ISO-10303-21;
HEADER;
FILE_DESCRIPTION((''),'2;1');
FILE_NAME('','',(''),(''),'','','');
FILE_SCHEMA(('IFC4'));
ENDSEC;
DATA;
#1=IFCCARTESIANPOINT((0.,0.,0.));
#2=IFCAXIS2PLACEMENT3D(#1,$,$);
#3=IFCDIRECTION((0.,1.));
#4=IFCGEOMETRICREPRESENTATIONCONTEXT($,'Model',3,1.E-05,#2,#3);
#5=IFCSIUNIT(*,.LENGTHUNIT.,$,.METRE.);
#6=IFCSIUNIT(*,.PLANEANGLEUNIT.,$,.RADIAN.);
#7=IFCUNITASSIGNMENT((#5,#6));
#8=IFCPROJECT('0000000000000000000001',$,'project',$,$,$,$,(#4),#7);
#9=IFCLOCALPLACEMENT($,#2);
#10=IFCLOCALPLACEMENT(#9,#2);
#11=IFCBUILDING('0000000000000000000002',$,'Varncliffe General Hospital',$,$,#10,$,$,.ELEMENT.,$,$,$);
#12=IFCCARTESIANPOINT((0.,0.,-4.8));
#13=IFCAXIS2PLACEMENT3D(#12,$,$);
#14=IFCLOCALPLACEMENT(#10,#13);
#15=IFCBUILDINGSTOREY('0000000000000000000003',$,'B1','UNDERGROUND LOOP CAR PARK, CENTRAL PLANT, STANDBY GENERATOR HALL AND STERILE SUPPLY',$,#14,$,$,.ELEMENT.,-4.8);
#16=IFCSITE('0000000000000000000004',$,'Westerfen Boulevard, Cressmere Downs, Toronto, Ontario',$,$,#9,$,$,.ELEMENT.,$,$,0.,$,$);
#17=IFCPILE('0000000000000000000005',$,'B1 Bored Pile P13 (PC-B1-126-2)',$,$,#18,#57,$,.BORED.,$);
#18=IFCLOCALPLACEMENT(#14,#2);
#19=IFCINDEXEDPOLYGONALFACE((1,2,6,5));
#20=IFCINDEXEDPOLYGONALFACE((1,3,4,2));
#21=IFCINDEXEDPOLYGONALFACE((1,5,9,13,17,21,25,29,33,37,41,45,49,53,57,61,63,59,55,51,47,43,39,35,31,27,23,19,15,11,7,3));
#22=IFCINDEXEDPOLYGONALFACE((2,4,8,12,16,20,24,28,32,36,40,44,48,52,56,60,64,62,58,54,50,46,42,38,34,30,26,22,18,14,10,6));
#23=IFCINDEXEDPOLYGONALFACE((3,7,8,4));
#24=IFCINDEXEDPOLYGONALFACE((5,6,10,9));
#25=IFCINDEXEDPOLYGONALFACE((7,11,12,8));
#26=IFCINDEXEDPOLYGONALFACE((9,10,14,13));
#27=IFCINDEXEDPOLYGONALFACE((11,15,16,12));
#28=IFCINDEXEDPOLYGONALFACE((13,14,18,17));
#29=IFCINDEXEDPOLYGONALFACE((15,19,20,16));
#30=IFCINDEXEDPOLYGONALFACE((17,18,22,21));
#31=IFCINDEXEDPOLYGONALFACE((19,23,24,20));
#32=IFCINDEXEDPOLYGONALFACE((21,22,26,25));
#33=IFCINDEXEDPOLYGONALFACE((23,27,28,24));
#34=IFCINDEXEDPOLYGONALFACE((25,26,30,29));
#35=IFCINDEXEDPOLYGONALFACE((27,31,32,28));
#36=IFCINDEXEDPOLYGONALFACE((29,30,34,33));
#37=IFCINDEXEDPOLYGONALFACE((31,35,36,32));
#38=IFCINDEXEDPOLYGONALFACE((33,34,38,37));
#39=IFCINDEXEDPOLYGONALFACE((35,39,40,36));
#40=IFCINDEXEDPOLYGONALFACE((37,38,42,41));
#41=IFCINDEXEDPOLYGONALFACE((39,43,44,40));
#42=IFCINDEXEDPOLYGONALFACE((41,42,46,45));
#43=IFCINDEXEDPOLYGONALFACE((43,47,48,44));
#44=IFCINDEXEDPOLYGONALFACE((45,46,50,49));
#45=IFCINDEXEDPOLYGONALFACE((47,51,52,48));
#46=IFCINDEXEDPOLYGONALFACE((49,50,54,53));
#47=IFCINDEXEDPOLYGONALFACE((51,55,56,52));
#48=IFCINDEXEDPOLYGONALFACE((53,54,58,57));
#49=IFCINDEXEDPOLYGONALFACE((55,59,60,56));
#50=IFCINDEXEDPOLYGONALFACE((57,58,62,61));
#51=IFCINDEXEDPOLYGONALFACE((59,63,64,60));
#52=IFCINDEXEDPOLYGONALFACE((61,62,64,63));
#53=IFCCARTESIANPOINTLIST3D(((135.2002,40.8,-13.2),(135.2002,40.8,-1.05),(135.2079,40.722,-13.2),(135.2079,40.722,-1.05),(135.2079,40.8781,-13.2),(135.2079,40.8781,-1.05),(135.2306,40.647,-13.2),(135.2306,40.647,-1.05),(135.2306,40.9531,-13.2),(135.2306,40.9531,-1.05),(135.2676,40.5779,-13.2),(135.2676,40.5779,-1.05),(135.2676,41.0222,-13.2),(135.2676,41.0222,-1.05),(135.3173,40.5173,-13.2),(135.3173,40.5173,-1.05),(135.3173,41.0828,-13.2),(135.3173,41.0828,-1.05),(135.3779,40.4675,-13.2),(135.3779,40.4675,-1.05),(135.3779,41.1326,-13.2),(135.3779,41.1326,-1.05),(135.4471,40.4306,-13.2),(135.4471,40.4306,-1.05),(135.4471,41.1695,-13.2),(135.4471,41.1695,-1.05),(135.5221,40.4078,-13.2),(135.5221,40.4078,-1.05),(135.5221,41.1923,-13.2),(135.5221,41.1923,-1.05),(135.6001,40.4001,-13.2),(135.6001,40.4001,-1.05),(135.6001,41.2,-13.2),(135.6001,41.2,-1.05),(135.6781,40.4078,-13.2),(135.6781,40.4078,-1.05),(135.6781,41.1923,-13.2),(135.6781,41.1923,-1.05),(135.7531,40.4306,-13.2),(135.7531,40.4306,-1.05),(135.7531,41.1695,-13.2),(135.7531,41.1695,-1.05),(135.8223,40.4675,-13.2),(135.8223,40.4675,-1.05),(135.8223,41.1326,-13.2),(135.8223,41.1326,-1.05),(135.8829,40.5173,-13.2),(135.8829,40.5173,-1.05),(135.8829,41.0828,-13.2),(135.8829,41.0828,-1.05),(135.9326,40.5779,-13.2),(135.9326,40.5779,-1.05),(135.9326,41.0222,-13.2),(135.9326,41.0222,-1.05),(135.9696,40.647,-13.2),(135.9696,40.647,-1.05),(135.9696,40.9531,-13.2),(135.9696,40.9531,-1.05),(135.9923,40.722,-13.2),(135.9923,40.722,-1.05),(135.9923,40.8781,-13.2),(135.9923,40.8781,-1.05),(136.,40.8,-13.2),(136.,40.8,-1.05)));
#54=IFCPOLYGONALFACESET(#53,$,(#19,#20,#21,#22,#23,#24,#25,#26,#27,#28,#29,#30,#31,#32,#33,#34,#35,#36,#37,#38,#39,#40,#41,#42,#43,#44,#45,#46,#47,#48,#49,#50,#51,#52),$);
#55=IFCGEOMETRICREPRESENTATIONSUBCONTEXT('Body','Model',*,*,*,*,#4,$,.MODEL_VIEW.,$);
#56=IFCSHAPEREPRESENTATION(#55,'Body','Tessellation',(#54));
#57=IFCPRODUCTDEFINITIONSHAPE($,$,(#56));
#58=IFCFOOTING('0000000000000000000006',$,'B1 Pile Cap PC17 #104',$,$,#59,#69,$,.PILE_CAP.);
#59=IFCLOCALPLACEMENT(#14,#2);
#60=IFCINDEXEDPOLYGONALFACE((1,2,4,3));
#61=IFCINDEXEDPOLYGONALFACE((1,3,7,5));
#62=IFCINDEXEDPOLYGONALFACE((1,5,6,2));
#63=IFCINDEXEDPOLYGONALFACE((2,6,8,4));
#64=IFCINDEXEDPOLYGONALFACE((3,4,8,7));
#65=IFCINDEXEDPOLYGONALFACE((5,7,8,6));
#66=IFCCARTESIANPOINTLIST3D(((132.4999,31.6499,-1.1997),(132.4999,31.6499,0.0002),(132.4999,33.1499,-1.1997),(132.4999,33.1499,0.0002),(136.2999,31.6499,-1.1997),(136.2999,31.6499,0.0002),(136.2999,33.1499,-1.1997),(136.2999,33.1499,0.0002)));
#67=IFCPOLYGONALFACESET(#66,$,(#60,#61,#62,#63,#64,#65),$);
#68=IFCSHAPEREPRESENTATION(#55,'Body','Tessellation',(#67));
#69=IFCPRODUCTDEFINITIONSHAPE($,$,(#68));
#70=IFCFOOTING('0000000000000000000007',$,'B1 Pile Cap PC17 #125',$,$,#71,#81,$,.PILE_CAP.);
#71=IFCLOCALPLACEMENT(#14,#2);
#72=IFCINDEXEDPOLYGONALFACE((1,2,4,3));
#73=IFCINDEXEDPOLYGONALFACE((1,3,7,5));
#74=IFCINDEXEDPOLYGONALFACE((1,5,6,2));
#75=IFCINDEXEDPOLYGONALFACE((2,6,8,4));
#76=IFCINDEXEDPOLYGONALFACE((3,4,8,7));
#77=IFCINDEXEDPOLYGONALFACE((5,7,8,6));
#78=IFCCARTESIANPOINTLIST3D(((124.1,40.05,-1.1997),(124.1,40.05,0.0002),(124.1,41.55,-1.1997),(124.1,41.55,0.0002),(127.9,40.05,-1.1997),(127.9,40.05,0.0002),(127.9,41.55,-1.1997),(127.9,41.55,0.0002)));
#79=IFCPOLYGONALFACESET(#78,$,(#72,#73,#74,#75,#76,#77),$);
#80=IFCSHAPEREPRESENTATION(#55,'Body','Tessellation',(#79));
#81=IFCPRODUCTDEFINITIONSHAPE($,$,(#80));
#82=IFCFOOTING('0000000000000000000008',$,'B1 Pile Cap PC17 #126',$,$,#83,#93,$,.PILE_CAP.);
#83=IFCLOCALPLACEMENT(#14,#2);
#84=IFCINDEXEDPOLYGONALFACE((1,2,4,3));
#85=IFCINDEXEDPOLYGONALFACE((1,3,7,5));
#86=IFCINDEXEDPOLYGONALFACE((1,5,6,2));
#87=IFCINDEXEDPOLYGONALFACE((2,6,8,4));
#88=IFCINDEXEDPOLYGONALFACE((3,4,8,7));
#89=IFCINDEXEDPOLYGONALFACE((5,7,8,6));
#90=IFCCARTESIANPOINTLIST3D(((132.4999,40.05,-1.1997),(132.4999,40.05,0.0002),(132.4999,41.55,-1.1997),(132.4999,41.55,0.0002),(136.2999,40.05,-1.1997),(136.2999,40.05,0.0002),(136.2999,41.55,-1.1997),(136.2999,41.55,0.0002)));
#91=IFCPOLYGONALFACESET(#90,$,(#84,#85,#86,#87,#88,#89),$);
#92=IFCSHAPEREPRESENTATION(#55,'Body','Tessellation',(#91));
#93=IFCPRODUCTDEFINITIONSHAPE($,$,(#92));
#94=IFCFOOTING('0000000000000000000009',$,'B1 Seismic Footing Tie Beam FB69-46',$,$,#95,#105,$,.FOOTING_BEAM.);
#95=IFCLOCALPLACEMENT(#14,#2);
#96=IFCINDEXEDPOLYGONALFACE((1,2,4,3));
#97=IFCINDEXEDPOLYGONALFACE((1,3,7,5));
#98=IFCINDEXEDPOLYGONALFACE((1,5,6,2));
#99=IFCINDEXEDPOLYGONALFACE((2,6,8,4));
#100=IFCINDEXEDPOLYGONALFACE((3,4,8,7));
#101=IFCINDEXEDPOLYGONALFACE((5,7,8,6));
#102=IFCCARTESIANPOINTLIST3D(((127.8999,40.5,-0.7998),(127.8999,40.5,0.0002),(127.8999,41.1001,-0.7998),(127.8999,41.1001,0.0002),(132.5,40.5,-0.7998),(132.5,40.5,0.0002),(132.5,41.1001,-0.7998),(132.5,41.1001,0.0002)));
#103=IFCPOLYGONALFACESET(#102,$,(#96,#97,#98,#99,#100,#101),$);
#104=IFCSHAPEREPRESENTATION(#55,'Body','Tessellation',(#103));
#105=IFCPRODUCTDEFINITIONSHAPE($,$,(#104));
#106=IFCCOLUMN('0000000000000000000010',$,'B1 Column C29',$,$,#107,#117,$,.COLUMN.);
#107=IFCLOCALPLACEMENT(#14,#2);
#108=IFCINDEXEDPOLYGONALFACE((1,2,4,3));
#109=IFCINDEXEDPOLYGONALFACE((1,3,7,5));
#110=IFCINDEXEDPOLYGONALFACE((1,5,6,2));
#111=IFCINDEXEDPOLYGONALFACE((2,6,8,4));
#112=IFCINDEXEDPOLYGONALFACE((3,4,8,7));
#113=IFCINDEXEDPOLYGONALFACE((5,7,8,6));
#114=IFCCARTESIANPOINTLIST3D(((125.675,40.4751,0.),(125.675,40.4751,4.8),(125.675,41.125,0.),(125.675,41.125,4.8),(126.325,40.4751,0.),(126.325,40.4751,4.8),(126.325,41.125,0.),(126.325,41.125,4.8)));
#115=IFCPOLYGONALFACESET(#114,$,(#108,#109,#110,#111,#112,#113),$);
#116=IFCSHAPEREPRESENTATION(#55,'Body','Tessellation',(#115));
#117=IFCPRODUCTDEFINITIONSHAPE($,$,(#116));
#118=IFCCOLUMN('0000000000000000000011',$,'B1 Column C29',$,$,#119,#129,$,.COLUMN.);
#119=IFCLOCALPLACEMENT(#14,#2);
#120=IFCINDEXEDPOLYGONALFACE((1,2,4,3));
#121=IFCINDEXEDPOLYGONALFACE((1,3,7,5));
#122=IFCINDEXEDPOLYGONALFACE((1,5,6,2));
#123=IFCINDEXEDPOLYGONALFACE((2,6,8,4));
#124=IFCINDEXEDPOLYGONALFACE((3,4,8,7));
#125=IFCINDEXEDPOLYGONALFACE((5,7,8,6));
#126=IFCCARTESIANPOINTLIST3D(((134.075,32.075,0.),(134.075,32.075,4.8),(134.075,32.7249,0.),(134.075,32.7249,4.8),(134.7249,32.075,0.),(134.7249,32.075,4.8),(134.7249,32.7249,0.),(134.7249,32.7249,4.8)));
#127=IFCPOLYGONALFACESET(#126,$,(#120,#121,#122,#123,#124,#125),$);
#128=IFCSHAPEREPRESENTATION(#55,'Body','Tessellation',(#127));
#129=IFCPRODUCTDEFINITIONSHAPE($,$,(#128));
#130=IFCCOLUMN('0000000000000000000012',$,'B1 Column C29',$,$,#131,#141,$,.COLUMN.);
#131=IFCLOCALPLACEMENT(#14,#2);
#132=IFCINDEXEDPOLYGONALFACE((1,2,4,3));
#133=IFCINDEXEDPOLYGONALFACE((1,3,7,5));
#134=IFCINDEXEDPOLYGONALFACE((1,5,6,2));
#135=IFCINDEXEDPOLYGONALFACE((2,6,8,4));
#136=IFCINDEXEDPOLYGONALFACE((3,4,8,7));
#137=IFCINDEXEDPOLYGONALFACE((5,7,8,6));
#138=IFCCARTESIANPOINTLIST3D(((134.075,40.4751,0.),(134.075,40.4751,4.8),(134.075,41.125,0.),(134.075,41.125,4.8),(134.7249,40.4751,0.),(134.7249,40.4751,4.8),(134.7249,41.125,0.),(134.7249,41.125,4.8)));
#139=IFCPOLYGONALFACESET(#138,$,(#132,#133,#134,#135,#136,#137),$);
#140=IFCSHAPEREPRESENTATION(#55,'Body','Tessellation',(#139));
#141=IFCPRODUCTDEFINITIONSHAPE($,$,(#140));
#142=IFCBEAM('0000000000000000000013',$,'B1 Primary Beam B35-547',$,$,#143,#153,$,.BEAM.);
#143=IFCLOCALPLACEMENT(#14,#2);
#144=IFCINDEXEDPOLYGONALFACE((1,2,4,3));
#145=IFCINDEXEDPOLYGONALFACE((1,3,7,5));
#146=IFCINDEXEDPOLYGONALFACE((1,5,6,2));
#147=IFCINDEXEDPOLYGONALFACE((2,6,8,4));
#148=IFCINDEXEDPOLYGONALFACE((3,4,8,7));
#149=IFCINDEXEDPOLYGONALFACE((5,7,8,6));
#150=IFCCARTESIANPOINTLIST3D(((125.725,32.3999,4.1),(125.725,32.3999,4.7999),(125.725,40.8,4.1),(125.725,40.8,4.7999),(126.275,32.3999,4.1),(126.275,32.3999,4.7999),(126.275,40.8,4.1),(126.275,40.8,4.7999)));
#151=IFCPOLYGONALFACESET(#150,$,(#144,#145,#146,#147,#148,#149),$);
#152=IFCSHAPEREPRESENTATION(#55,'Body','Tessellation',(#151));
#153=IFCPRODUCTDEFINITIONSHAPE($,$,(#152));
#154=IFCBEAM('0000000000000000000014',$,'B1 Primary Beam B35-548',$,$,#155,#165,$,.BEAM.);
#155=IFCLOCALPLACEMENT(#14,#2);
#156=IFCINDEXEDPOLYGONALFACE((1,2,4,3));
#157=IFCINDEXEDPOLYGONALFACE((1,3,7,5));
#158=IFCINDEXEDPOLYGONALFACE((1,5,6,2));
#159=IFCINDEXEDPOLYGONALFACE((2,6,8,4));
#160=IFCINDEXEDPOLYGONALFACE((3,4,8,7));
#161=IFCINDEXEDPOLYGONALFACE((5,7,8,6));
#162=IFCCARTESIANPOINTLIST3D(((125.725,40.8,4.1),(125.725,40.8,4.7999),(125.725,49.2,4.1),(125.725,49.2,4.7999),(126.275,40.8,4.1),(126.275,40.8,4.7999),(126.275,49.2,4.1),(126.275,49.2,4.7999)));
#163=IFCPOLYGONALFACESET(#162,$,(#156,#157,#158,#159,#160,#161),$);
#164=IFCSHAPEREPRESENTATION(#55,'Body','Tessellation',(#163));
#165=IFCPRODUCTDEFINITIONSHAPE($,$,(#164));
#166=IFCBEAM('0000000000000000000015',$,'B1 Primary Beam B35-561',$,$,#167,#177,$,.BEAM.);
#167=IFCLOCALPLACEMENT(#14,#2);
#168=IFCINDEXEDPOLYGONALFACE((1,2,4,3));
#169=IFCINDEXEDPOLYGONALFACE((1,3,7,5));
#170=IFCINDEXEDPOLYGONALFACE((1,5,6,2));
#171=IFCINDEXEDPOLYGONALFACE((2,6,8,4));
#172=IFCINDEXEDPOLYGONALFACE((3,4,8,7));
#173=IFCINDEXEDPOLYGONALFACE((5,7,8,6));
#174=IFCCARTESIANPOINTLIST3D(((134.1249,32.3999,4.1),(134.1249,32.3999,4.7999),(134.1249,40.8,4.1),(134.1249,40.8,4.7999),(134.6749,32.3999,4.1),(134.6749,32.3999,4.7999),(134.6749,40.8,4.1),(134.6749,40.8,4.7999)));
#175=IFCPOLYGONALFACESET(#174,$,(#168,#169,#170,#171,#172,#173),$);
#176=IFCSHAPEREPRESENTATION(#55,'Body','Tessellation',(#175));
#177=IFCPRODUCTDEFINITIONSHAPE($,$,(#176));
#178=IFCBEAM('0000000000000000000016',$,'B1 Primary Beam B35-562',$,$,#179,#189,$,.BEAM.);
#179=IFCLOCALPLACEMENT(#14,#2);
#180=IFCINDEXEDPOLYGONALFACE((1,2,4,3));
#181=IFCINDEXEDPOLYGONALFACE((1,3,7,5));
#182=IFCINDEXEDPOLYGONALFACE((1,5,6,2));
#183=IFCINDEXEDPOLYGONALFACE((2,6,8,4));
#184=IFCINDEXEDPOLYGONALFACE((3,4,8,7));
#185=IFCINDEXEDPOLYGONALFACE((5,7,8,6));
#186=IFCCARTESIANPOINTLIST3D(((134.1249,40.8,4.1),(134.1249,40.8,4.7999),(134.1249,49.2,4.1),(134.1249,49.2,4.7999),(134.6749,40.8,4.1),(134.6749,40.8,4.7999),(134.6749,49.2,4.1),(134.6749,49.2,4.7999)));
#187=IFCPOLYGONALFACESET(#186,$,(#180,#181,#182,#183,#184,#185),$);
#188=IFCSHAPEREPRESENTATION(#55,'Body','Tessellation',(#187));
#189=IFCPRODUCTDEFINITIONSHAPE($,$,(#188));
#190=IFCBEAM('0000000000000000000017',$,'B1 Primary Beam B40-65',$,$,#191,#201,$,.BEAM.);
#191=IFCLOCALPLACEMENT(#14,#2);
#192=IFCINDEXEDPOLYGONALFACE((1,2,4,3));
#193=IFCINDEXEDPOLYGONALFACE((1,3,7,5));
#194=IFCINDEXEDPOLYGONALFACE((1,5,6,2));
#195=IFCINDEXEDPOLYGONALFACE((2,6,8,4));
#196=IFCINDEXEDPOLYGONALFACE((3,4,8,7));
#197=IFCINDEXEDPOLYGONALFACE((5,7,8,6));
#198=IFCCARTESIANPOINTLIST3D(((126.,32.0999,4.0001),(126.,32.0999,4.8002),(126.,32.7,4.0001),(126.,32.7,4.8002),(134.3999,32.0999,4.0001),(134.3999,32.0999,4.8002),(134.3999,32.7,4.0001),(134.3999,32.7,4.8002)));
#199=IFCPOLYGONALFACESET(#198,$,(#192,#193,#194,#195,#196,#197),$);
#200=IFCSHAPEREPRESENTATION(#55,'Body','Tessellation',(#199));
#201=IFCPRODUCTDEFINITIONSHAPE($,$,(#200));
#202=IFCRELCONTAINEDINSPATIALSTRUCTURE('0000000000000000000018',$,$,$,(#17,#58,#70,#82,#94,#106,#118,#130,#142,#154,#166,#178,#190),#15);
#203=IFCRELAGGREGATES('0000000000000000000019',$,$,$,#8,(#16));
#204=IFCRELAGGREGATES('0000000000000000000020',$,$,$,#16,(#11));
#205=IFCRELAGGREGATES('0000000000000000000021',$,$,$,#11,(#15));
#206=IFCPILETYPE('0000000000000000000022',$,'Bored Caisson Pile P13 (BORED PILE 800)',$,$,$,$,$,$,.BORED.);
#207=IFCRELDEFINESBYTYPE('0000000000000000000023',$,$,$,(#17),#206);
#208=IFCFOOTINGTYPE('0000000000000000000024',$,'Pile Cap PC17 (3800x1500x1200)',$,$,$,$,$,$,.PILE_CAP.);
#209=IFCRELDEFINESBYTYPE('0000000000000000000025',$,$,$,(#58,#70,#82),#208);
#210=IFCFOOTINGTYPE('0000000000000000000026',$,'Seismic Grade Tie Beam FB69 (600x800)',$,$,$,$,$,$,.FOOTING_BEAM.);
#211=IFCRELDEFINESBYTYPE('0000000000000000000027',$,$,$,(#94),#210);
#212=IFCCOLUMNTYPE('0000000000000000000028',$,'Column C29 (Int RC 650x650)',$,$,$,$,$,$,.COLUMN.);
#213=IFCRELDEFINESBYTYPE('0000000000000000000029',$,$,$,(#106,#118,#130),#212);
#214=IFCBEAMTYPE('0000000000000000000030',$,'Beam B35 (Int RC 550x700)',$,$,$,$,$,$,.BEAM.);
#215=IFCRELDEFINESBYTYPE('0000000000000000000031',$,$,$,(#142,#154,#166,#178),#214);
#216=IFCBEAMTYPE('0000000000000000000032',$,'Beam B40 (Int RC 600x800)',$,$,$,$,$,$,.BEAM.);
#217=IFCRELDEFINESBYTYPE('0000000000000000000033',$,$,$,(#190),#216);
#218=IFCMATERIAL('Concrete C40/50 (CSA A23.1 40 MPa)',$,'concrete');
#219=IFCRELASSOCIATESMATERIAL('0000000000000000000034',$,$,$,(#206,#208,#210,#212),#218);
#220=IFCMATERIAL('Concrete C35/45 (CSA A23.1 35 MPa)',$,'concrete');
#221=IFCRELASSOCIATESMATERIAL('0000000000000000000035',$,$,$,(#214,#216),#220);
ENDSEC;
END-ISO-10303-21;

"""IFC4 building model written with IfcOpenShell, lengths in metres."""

from ifc_helpers import new_model, si_unit, direction, frame, origin, origin_2d, place, context, subcontext, project, spatial, rectangle, circle, extrude, material, material_profile, profile_set, type_object, element, save


model = new_model("IFC4")

# Units and contexts
model_context = context("Model", 3, precision=1e-05, world=origin(), true_north=direction((0.0, 1.0)))
body_context = subcontext(model_context, "Body", "Model", "MODEL_VIEW")
ifc_project = project(units=[si_unit("LENGTHUNIT", "METRE"), si_unit("PLANEANGLEUNIT", "RADIAN")], contexts=[model_context])

# Site, building, storey
site_placement = place(None, origin())
site = spatial("IfcSite", under=ifc_project, at=site_placement, Name="Westerfen Boulevard, Cressmere Downs, Toronto, Ontario", CompositionType="ELEMENT", RefElevation=0.0)
building_placement = place(site_placement, origin())
building = spatial("IfcBuilding", under=site, at=building_placement, Name="Varncliffe General Hospital", CompositionType="ELEMENT")
storey_placement = place(building_placement, frame((0.0, 0.0, -4.8)))
storey = spatial("IfcBuildingStorey", under=building, at=storey_placement, Name="B1", Description="UNDERGROUND LOOP CAR PARK, CENTRAL PLANT, STANDBY GENERATOR HALL AND STERILE SUPPLY", CompositionType="ELEMENT", Elevation=-4.8)

# Pile
ifc_material_1 = material(Name="Concrete C40/50 (CSA A23.1 40 MPa)", Category="concrete")
ifc_material_profile_1 = material_profile(ifc_material_1, circle(Radius=0.3999, at=origin_2d()), Name="BORED PILE 800")
ifc_profile_set_1 = profile_set([ifc_material_profile_1], Name="Concrete C40/50 (CSA A23.1 40 MPa)")
pile_type = type_object("IfcPileType", Name="Bored Caisson Pile P13 (BORED PILE 800)", PredefinedType="BORED", material=ifc_profile_set_1)
for number, where, z_axis, x_axis, name in (
    (1, (135.6001, 40.8, -1.05), (0.0, 0.0, -1.0), (1.0, 0.0, 0.0), "B1 Bored Pile P13 (PC-B1-126-2)"),
):
    element("IfcPile", number, at=place(storey_placement, frame(where, z_axis=z_axis, x_axis=x_axis)), inside=storey, type_object=pile_type, Name=name, PredefinedType="BORED", context=body_context, shape_type="SweptSolid", body=[
        extrude(circle(Radius=0.3999, at=origin_2d()), origin(), (0.0, 0.0, 1.0), 12.1499),
    ])

# Footings
footing_type_1 = type_object("IfcFootingType", Name="Pile Cap PC17 (3800x1500x1200)", PredefinedType="PILE_CAP", material=ifc_material_1)
for number, where, z_axis, x_axis, name in (
    (2, (134.3999, 32.3999, -1.1997), (0.0, 0.0, 1.0), (1.0, 0.0, 0.0), "B1 Pile Cap PC17 #104"),
    (3, (126.0, 40.8, -1.1997), (0.0, 0.0, 1.0), (1.0, 0.0, 0.0), "B1 Pile Cap PC17 #125"),
    (4, (134.3999, 40.8, -1.1997), (0.0, 0.0, 1.0), (1.0, 0.0, 0.0), "B1 Pile Cap PC17 #126"),
):
    element("IfcFooting", number, at=place(storey_placement, frame(where, z_axis=z_axis, x_axis=x_axis)), inside=storey, type_object=footing_type_1, Name=name, PredefinedType="PILE_CAP", context=body_context, shape_type="SweptSolid", body=[
        extrude(rectangle(XDim=3.8, YDim=1.5, at=origin_2d()), origin(), (0.0, 0.0, 1.0), 1.2),
    ])
footing_type_2 = type_object("IfcFootingType", Name="Seismic Grade Tie Beam FB69 (600x800)", PredefinedType="FOOTING_BEAM", material=ifc_material_1)
footing_placement = place(storey_placement, frame((130.2, 40.8, -0.7998), z_axis=(0.0, 0.0, 1.0), x_axis=(1.0, 0.0, 0.0)))
element("IfcFooting", 5, at=footing_placement, inside=storey, type_object=footing_type_2, Name="B1 Seismic Footing Tie Beam FB69-46", PredefinedType="FOOTING_BEAM", context=body_context, shape_type="SweptSolid", body=[
    extrude(rectangle(XDim=4.6001, YDim=0.6001, at=origin_2d()), origin(), (0.0, 0.0, 1.0), 0.8),
])

# Columns
ifc_material_profile_2 = material_profile(ifc_material_1, rectangle(XDim=0.6499, YDim=0.6499, at=origin_2d()), Name="RC 650x650")
ifc_profile_set_2 = profile_set([ifc_material_profile_2], Name="Concrete C40/50 (CSA A23.1 40 MPa)")
column_type = type_object("IfcColumnType", Name="Column C29 (Int RC 650x650)", PredefinedType="COLUMN", material=ifc_profile_set_2)
for number, where, z_axis, x_axis, name in (
    (6, (126.0, 40.8, 0.0), (0.0, 0.0, 1.0), (1.0, 0.0, 0.0), "B1 Column C29"),
    (7, (134.3999, 32.3999, 0.0), (0.0, 0.0, 1.0), (1.0, 0.0, 0.0), "B1 Column C29"),
    (8, (134.3999, 40.8, 0.0), (0.0, 0.0, 1.0), (1.0, 0.0, 0.0), "B1 Column C29"),
):
    element("IfcColumn", number, at=place(storey_placement, frame(where, z_axis=z_axis, x_axis=x_axis)), inside=storey, type_object=column_type, Name=name, PredefinedType="COLUMN", context=body_context, shape_type="SweptSolid", body=[
        extrude(rectangle(XDim=0.6499, YDim=0.6499, at=origin_2d()), origin(), (0.0, 0.0, 1.0), 4.8),
    ])

# Beams
ifc_material_2 = material(Name="Concrete C35/45 (CSA A23.1 35 MPa)", Category="concrete")
ifc_material_profile_3 = material_profile(ifc_material_2, rectangle(XDim=0.55, YDim=0.7, at=origin_2d()), Name="RC 550x700")
ifc_profile_set_3 = profile_set([ifc_material_profile_3], Name="Concrete C35/45 (CSA A23.1 35 MPa)")
beam_type_1 = type_object("IfcBeamType", Name="Beam B35 (Int RC 550x700)", PredefinedType="BEAM", material=ifc_profile_set_3)
beam_1_placement = place(storey_placement, frame((126.0, 32.3999, 4.45), z_axis=(0.0, 1.0, 0.0), x_axis=(-1.0, 0.0, 0.0)))
element("IfcBeam", 9, at=beam_1_placement, inside=storey, type_object=beam_type_1, Name="B1 Primary Beam B35-547", PredefinedType="BEAM", context=body_context, shape_type="SweptSolid", body=[
    extrude(rectangle(XDim=0.55, YDim=0.7, at=origin_2d()), origin(), (0.0, 0.0, 1.0), 8.4001),
])
beam_2_placement = place(storey_placement, frame((126.0, 40.8, 4.45), z_axis=(0.0, 1.0, 0.0), x_axis=(-1.0, 0.0, 0.0)))
element("IfcBeam", 10, at=beam_2_placement, inside=storey, type_object=beam_type_1, Name="B1 Primary Beam B35-548", PredefinedType="BEAM", context=body_context, shape_type="SweptSolid", body=[
    extrude(rectangle(XDim=0.55, YDim=0.7, at=origin_2d()), origin(), (0.0, 0.0, 1.0), 8.3999),
])
beam_3_placement = place(storey_placement, frame((134.3999, 32.3999, 4.45), z_axis=(0.0, 1.0, 0.0), x_axis=(-1.0, 0.0, 0.0)))
element("IfcBeam", 11, at=beam_3_placement, inside=storey, type_object=beam_type_1, Name="B1 Primary Beam B35-561", PredefinedType="BEAM", context=body_context, shape_type="SweptSolid", body=[
    extrude(rectangle(XDim=0.55, YDim=0.7, at=origin_2d()), origin(), (0.0, 0.0, 1.0), 8.4001),
])
beam_4_placement = place(storey_placement, frame((134.3999, 40.8, 4.45), z_axis=(0.0, 1.0, 0.0), x_axis=(-1.0, 0.0, 0.0)))
element("IfcBeam", 12, at=beam_4_placement, inside=storey, type_object=beam_type_1, Name="B1 Primary Beam B35-562", PredefinedType="BEAM", context=body_context, shape_type="SweptSolid", body=[
    extrude(rectangle(XDim=0.55, YDim=0.7, at=origin_2d()), origin(), (0.0, 0.0, 1.0), 8.3999),
])
ifc_material_profile_4 = material_profile(ifc_material_2, rectangle(XDim=0.6001, YDim=0.8, at=origin_2d()), Name="RC 600x800")
ifc_profile_set_4 = profile_set([ifc_material_profile_4], Name="Concrete C35/45 (CSA A23.1 35 MPa)")
beam_type_2 = type_object("IfcBeamType", Name="Beam B40 (Int RC 600x800)", PredefinedType="BEAM", material=ifc_profile_set_4)
for number, where, z_axis, x_axis, name in (
    (13, (126.0, 32.3999, 4.4001), (1.0, 0.0, 0.0), (0.0, 1.0, 0.0), "B1 Primary Beam B40-65"),
):
    element("IfcBeam", number, at=place(storey_placement, frame(where, z_axis=z_axis, x_axis=x_axis)), inside=storey, type_object=beam_type_2, Name=name, PredefinedType="BEAM", context=body_context, shape_type="SweptSolid", body=[
        extrude(rectangle(XDim=0.6001, YDim=0.8, at=origin_2d()), origin(), (0.0, 0.0, 1.0), 8.3999),
    ])

save(model, "model.ifc")
